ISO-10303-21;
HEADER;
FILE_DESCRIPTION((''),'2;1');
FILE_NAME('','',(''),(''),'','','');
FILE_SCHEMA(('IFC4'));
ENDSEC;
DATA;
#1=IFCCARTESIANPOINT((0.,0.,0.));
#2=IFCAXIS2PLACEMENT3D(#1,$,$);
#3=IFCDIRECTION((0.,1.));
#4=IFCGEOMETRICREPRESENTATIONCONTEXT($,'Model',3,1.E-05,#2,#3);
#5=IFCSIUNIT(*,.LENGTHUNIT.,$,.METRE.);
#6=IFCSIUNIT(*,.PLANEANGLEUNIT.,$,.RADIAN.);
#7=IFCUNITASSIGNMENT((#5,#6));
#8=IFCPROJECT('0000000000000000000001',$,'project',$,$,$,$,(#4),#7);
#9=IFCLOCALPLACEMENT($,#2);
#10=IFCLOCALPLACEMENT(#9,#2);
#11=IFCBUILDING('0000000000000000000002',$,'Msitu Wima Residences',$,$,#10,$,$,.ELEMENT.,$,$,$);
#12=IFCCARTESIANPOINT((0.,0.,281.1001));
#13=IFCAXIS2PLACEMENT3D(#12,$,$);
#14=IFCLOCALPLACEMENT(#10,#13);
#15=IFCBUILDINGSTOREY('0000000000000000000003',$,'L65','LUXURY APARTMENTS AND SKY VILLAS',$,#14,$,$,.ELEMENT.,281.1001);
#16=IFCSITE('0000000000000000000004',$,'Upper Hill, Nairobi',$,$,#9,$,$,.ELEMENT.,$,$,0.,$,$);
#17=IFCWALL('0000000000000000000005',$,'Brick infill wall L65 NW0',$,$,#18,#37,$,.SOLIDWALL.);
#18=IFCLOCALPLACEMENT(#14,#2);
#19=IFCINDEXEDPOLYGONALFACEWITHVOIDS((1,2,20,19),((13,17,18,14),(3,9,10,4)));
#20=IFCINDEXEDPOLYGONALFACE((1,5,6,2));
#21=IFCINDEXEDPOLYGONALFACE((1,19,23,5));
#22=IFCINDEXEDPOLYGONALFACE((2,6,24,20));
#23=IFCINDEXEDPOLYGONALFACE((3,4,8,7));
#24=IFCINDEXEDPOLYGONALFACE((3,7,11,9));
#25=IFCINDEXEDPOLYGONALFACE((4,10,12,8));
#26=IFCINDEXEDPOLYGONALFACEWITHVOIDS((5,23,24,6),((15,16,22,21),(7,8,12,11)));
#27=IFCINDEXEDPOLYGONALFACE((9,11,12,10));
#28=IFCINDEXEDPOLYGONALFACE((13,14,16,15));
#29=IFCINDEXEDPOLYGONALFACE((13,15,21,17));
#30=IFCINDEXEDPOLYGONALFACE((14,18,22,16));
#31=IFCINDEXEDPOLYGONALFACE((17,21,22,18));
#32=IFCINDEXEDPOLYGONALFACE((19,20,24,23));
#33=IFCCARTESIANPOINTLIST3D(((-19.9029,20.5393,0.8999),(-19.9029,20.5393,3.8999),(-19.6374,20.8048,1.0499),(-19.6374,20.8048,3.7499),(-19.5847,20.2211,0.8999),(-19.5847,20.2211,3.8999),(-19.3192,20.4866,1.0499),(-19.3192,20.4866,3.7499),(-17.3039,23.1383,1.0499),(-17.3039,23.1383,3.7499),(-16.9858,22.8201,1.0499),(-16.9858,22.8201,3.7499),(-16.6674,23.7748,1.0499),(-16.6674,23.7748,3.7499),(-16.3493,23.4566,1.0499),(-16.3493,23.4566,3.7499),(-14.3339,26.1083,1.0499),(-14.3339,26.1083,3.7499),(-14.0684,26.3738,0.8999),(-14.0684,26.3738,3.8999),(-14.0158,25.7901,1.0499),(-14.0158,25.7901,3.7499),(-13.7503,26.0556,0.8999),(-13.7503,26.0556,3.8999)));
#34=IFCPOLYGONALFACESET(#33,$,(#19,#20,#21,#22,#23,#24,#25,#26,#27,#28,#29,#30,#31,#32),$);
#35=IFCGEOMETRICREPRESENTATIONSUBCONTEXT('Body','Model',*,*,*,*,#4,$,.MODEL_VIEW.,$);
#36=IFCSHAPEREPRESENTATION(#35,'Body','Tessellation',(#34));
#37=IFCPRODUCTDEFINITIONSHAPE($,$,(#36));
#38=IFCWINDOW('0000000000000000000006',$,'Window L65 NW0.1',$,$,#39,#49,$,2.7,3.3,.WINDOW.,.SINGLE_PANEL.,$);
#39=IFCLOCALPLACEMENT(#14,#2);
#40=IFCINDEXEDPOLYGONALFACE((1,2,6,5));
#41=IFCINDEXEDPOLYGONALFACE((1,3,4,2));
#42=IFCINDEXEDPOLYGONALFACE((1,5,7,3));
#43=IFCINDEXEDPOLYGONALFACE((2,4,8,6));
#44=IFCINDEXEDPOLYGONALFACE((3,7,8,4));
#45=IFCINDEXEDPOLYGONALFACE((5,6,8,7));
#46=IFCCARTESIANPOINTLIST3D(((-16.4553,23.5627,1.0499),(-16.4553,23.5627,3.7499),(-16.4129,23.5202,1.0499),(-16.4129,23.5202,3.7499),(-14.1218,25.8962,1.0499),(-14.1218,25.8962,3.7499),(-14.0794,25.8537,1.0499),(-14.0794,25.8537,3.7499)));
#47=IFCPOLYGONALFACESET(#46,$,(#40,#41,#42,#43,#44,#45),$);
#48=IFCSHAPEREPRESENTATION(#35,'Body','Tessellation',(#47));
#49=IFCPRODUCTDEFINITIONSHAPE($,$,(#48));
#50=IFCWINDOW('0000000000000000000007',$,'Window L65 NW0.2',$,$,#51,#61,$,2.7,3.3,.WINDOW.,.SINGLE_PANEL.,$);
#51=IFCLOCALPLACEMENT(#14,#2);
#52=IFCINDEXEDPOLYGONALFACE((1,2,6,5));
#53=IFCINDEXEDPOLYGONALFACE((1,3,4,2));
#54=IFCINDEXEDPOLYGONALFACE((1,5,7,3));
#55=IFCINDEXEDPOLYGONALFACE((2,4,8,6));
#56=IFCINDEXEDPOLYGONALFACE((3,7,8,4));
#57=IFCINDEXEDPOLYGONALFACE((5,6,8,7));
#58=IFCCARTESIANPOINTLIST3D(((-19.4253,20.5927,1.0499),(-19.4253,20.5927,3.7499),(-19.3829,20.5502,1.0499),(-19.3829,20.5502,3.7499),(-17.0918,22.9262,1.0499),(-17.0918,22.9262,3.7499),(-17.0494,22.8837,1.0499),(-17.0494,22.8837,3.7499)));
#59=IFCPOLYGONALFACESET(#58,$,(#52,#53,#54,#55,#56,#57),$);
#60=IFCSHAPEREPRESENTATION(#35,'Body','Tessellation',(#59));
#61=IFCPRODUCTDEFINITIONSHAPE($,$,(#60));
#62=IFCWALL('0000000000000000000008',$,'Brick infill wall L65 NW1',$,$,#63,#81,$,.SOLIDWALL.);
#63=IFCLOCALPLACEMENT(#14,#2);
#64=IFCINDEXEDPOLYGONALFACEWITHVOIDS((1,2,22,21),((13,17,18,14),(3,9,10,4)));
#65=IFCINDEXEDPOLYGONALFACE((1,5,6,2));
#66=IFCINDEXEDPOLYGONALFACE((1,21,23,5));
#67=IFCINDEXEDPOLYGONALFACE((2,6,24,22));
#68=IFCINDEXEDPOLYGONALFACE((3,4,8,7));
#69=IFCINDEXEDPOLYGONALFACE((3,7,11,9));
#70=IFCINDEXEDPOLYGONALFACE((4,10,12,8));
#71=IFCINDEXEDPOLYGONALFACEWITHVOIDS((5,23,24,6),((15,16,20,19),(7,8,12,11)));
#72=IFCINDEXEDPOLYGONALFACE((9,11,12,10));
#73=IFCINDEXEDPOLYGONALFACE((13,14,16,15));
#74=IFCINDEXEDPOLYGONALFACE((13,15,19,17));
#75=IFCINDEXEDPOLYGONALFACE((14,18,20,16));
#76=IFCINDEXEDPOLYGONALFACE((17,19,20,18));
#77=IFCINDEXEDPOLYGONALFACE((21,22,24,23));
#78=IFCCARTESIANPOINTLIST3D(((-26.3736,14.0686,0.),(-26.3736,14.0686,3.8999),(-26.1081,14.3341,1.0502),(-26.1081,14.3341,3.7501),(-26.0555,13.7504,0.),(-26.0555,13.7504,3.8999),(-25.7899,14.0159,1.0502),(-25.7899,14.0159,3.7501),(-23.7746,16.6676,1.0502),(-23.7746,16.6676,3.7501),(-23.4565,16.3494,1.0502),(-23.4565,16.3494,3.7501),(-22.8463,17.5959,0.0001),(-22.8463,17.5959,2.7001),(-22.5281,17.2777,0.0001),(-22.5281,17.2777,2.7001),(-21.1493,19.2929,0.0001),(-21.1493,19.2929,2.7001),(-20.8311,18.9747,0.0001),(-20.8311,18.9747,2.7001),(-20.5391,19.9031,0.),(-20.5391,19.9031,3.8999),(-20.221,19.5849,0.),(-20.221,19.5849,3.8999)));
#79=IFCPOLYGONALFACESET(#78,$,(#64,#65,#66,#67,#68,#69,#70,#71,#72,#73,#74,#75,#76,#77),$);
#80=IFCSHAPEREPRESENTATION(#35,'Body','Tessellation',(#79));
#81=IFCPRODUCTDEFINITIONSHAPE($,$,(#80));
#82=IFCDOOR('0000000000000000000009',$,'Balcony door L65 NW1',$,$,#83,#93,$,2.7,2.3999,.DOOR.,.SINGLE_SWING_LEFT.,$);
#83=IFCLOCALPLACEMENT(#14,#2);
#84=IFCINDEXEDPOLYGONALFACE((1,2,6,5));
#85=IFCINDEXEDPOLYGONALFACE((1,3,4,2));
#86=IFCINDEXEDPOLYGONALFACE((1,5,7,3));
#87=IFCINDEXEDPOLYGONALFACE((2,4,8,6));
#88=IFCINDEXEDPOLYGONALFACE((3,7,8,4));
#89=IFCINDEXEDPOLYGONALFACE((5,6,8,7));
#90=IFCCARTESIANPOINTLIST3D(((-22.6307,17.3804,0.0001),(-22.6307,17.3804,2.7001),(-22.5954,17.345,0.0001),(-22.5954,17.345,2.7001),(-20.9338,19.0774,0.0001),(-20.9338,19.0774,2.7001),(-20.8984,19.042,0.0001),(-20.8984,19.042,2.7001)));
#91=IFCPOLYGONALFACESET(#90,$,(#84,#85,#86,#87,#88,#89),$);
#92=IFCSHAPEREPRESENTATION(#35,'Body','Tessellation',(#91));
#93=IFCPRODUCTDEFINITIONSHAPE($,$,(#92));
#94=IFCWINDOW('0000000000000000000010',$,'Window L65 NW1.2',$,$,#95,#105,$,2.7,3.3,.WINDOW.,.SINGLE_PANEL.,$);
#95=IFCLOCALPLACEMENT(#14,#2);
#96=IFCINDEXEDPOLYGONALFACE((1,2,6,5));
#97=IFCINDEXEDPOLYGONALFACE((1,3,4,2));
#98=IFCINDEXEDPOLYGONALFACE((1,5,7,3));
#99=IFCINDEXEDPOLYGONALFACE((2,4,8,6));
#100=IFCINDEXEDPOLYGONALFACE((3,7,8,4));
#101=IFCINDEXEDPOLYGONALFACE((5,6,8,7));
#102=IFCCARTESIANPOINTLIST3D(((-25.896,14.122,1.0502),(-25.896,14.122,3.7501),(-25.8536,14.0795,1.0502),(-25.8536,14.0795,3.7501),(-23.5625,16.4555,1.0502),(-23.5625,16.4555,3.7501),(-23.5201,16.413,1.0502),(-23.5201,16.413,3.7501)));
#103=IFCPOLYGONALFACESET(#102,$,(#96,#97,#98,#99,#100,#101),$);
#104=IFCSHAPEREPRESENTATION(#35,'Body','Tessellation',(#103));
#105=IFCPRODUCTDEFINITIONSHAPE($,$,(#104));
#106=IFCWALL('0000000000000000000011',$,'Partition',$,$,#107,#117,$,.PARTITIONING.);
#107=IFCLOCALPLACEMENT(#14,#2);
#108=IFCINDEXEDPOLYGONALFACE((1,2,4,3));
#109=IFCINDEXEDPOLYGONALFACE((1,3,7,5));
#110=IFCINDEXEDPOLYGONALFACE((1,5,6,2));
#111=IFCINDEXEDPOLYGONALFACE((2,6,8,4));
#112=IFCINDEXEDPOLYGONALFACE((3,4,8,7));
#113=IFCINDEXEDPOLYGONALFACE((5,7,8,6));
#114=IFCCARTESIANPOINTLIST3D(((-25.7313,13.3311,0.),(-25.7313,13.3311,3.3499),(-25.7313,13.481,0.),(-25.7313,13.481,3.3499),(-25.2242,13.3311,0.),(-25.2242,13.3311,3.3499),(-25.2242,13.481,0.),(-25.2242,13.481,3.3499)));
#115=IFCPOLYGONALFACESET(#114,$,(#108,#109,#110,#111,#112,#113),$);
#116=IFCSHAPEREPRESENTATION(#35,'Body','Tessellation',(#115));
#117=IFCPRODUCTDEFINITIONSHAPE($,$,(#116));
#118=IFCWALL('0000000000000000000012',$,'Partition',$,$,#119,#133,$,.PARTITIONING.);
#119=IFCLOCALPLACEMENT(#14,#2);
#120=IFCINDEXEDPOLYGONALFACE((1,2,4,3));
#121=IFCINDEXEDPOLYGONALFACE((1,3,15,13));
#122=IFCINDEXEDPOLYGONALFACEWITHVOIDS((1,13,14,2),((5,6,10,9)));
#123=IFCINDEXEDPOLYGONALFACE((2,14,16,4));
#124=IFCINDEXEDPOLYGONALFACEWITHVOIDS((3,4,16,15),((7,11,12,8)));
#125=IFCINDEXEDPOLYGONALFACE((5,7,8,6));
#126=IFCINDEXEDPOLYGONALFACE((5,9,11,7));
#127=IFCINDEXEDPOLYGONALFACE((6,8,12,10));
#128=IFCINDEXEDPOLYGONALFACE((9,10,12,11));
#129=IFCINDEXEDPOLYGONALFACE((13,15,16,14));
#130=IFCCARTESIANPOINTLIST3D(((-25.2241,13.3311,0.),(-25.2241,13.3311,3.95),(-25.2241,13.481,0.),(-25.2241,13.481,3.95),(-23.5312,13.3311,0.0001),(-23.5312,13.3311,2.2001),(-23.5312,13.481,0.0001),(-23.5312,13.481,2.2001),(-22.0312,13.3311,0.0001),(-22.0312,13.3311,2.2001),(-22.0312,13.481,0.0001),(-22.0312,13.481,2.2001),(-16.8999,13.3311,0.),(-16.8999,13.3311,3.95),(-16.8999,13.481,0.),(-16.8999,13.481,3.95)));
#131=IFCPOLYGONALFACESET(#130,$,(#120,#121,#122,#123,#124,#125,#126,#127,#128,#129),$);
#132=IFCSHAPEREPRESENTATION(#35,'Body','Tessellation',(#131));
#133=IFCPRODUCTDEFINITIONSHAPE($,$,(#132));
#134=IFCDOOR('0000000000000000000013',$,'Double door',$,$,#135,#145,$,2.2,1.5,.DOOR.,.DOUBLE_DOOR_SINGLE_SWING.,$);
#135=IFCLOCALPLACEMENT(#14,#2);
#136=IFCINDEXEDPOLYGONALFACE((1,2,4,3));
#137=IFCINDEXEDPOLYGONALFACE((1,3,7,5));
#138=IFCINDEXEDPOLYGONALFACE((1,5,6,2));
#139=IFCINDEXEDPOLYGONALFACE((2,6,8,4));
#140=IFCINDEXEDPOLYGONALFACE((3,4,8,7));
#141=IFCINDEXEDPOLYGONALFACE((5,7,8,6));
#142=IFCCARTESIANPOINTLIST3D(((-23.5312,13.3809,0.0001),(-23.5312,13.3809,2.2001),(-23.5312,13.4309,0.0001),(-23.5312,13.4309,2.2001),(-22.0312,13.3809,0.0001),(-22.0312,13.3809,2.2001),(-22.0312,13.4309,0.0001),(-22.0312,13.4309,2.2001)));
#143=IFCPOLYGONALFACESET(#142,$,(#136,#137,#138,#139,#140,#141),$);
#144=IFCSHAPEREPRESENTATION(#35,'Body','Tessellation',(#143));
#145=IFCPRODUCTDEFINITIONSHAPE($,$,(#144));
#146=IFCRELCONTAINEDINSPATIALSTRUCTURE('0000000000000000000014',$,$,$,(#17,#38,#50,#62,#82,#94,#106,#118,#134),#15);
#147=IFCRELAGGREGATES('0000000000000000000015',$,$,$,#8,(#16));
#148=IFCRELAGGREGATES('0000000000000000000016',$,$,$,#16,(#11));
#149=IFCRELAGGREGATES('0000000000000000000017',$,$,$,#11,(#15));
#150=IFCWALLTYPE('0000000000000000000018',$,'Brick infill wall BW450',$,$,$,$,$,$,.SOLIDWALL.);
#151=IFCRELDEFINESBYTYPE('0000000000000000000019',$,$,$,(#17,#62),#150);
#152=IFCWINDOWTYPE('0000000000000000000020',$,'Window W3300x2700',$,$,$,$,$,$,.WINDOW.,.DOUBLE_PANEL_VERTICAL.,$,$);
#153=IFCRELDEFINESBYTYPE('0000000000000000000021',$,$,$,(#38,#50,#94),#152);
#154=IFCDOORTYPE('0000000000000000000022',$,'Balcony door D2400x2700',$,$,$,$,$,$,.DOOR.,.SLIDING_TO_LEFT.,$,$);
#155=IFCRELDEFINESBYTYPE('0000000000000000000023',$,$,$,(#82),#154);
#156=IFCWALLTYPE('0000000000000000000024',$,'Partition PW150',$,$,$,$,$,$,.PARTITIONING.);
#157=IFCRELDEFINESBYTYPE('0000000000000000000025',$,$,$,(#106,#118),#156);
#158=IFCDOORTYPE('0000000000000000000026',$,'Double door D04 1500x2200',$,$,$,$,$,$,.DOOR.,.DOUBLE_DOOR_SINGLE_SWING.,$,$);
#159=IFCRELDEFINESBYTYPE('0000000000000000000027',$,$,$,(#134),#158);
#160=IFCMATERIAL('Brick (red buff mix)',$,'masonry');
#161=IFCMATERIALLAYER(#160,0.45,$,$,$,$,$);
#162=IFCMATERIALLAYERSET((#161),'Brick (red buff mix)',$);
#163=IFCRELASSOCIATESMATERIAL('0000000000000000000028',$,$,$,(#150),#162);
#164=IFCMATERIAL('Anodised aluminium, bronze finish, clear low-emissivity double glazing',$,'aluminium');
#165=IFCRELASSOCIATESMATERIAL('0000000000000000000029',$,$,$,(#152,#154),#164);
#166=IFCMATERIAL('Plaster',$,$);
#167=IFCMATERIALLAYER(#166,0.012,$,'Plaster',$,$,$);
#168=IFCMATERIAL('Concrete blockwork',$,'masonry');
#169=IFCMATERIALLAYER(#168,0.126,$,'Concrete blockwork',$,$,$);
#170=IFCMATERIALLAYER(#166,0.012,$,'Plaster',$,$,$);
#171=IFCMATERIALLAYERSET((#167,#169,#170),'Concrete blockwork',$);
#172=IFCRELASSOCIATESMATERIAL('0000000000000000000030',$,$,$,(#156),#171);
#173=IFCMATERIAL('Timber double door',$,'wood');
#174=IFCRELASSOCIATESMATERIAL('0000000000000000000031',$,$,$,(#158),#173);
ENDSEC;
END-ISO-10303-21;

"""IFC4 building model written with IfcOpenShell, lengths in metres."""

from ifc_helpers import new_model, si_unit, direction, frame, frame_2d, origin, place, context, subcontext, project, spatial, rectangle, extrude, material, layer, layer_set, type_object, element, fill, save


model = new_model("IFC4")

# Units and contexts
model_context = context("Model", 3, precision=1e-05, world=origin(), true_north=direction((0.0, 1.0)))
body_context = subcontext(model_context, "Body", "Model", "MODEL_VIEW")
ifc_project = project(units=[si_unit("LENGTHUNIT", "METRE"), si_unit("PLANEANGLEUNIT", "RADIAN")], contexts=[model_context])

# Site, building, storey
site_placement = place(None, origin())
site = spatial("IfcSite", under=ifc_project, at=site_placement, Name="Upper Hill, Nairobi", CompositionType="ELEMENT", RefElevation=0.0)
building_placement = place(site_placement, origin())
building = spatial("IfcBuilding", under=site, at=building_placement, Name="Msitu Wima Residences", CompositionType="ELEMENT")
storey_placement = place(building_placement, frame((0.0, 0.0, 281.1001)))
storey = spatial("IfcBuildingStorey", under=building, at=storey_placement, Name="L65", Description="LUXURY APARTMENTS AND SKY VILLAS", CompositionType="ELEMENT", Elevation=281.1001)

# Wall, openings, windows
ifc_material_1 = material(Name="Brick (red buff mix)", Category="masonry")
ifc_layer_1 = layer(ifc_material_1, 0.45)
ifc_layer_set_1 = layer_set([ifc_layer_1], Name="Brick (red buff mix)")
wall_type_1 = type_object("IfcWallType", Name="Brick infill wall BW450", PredefinedType="SOLIDWALL", material=ifc_layer_set_1)
wall_1_placement = place(storey_placement, frame((-13.9094, 26.2146, 0.8999), z_axis=(0.0, 0.0, 1.0), x_axis=(-0.707107, -0.707107, 0.0)))
wall_1 = element("IfcWall", 1, at=wall_1_placement, inside=storey, type_object=wall_type_1, Name="Brick infill wall L65 NW0", PredefinedType="SOLIDWALL", context=body_context, shape_type="SweptSolid", body=[
    extrude(rectangle(XDim=8.2512, YDim=0.45, at=frame_2d((4.1255, 0.0))), origin(), (0.0, 0.0, 1.0), 3.0),
])
opening_1_placement = place(wall_1_placement, frame((0.3755, 0.0, 0.1499)))
opening_1 = element("IfcOpeningElement", 2, at=opening_1_placement, cuts=wall_1, PredefinedType="OPENING", context=body_context, shape_type="SweptSolid", body=[
    extrude(rectangle(XDim=3.3, YDim=2.7, at=frame_2d((1.6499, 1.3501))), frame((0.0, 0.2349, 0.0), z_axis=(0.0, -1.0, 0.0), x_axis=(1.0, 0.0, 0.0)), (0.0, 0.0, 1.0), 0.47),
])
opening_2_placement = place(wall_1_placement, frame((4.5757, 0.0, 0.1499)))
opening_2 = element("IfcOpeningElement", 3, at=opening_2_placement, cuts=wall_1, PredefinedType="OPENING", context=body_context, shape_type="SweptSolid", body=[
    extrude(rectangle(XDim=3.3, YDim=2.7, at=frame_2d((1.6499, 1.3501))), frame((0.0, 0.2349, 0.0), z_axis=(0.0, -1.0, 0.0), x_axis=(1.0, 0.0, 0.0)), (0.0, 0.0, 1.0), 0.47),
])
ifc_material_2 = material(Name="Anodised aluminium, bronze finish, clear low-emissivity double glazing", Category="aluminium")
window_type = type_object("IfcWindowType", Name="Window W3300x2700", PartitioningType="DOUBLE_PANEL_VERTICAL", PredefinedType="WINDOW", material=ifc_material_2)
window_1_placement = place(opening_1_placement, origin())
window_1 = element("IfcWindow", 4, at=window_1_placement, inside=storey, type_object=window_type, Name="Window L65 NW0.1", OverallHeight=2.7, OverallWidth=3.3, PartitioningType="SINGLE_PANEL", PredefinedType="WINDOW", context=body_context, shape_type="SweptSolid", body=[
    extrude(rectangle(XDim=3.3, YDim=2.7, at=frame_2d((1.6499, 1.3501))), frame((0.0, 0.135, 0.0), z_axis=(0.0, -1.0, 0.0), x_axis=(1.0, 0.0, 0.0)), (0.0, 0.0, 1.0), 0.0601),
])
fill(opening_1, window_1)
window_2_placement = place(opening_2_placement, origin())
window_2 = element("IfcWindow", 5, at=window_2_placement, inside=storey, type_object=window_type, Name="Window L65 NW0.2", OverallHeight=2.7, OverallWidth=3.3, PartitioningType="SINGLE_PANEL", PredefinedType="WINDOW", context=body_context, shape_type="SweptSolid", body=[
    extrude(rectangle(XDim=3.3, YDim=2.7, at=frame_2d((1.6499, 1.3501))), frame((0.0, 0.135, 0.0), z_axis=(0.0, -1.0, 0.0), x_axis=(1.0, 0.0, 0.0)), (0.0, 0.0, 1.0), 0.0601),
])
fill(opening_2, window_2)

# Wall, openings, door, window
wall_2_placement = place(storey_placement, frame((-20.3801, 19.7439, 0.0), z_axis=(0.0, 0.0, 1.0), x_axis=(-0.707107, -0.707107, 0.0)))
wall_2 = element("IfcWall", 6, at=wall_2_placement, inside=storey, type_object=wall_type_1, Name="Brick infill wall L65 NW1", PredefinedType="SOLIDWALL", context=body_context, shape_type="SweptSolid", body=[
    extrude(rectangle(XDim=8.2512, YDim=0.45, at=frame_2d((4.1255, 0.0))), origin(), (0.0, 0.0, 1.0), 3.8999),
])
opening_3_placement = place(wall_2_placement, frame((0.8628, 0.0, 0.0)))
opening_3 = element("IfcOpeningElement", 7, at=opening_3_placement, cuts=wall_2, PredefinedType="OPENING", context=body_context, shape_type="SweptSolid", body=[
    extrude(rectangle(XDim=2.3999, YDim=2.7, at=frame_2d((1.2, 1.3501))), frame((0.0, 0.2349, 0.0), z_axis=(0.0, -1.0, 0.0), x_axis=(1.0, 0.0, 0.0)), (0.0, 0.0, 1.0), 0.47),
])
opening_4_placement = place(wall_2_placement, frame((4.5757, 0.0, 1.05)))
opening_4 = element("IfcOpeningElement", 8, at=opening_4_placement, cuts=wall_2, PredefinedType="OPENING", context=body_context, shape_type="SweptSolid", body=[
    extrude(rectangle(XDim=3.3, YDim=2.7, at=frame_2d((1.6499, 1.3501))), frame((0.0, 0.2349, 0.0), z_axis=(0.0, -1.0, 0.0), x_axis=(1.0, 0.0, 0.0)), (0.0, 0.0, 1.0), 0.47),
])
door_type_1 = type_object("IfcDoorType", Name="Balcony door D2400x2700", OperationType="SLIDING_TO_LEFT", PredefinedType="DOOR", material=ifc_material_2)
door_1_placement = place(opening_3_placement, origin())
door_1 = element("IfcDoor", 9, at=door_1_placement, inside=storey, type_object=door_type_1, Name="Balcony door L65 NW1", OperationType="SINGLE_SWING_LEFT", OverallHeight=2.7, OverallWidth=2.3999, PredefinedType="DOOR", context=body_context, shape_type="SweptSolid", body=[
    extrude(rectangle(XDim=2.3999, YDim=2.7, at=frame_2d((1.2, 1.3501))), frame((0.0, 0.1299, 0.0), z_axis=(0.0, -1.0, 0.0), x_axis=(1.0, 0.0, 0.0)), (0.0, 0.0, 1.0), 0.05),
])
fill(opening_3, door_1)
window_3_placement = place(opening_4_placement, origin())
window_3 = element("IfcWindow", 10, at=window_3_placement, inside=storey, type_object=window_type, Name="Window L65 NW1.2", OverallHeight=2.7, OverallWidth=3.3, PartitioningType="SINGLE_PANEL", PredefinedType="WINDOW", context=body_context, shape_type="SweptSolid", body=[
    extrude(rectangle(XDim=3.3, YDim=2.7, at=frame_2d((1.6499, 1.3501))), frame((0.0, 0.135, 0.0), z_axis=(0.0, -1.0, 0.0), x_axis=(1.0, 0.0, 0.0)), (0.0, 0.0, 1.0), 0.0601),
])
fill(opening_4, window_3)

# Shared definitions
ifc_material_3 = material(Name="Plaster")
ifc_material_4 = material(Name="Concrete blockwork", Category="masonry")

# Wall
ifc_layer_2 = layer(ifc_material_3, 0.012, Name="Plaster")
ifc_layer_3 = layer(ifc_material_4, 0.126, Name="Concrete blockwork")
ifc_layer_4 = layer(ifc_material_3, 0.012, Name="Plaster")
ifc_layer_set_2 = layer_set([ifc_layer_2, ifc_layer_3, ifc_layer_4], Name="Concrete blockwork")
wall_type_2 = type_object("IfcWallType", Name="Partition PW150", PredefinedType="PARTITIONING", material=ifc_layer_set_2)
wall_3_placement = place(storey_placement, frame((-25.7312, 13.406, 0.0), z_axis=(0.0, 0.0, 1.0), x_axis=(1.0, 0.0, 0.0)))
element("IfcWall", 11, at=wall_3_placement, inside=storey, type_object=wall_type_2, Name="Partition", PredefinedType="PARTITIONING", context=body_context, shape_type="SweptSolid", body=[
    extrude(rectangle(XDim=0.5071, YDim=0.1499, at=frame_2d((0.2534, 0.0))), origin(), (0.0, 0.0, 1.0), 3.3499),
])

# Wall, opening, door
wall_4_placement = place(storey_placement, frame((-25.2241, 13.406, 0.0), z_axis=(0.0, 0.0, 1.0), x_axis=(1.0, 0.0, 0.0)))
wall_4 = element("IfcWall", 12, at=wall_4_placement, inside=storey, type_object=wall_type_2, Name="Partition", PredefinedType="PARTITIONING", context=body_context, shape_type="SweptSolid", body=[
    extrude(rectangle(XDim=8.3242, YDim=0.1499, at=frame_2d((4.1621, 0.0))), origin(), (0.0, 0.0, 1.0), 3.95),
])
opening_5_placement = place(wall_4_placement, frame((1.6929, 0.0, 0.0)))
opening_5 = element("IfcOpeningElement", 13, at=opening_5_placement, cuts=wall_4, PredefinedType="OPENING", context=body_context, shape_type="SweptSolid", body=[
    extrude(rectangle(XDim=1.5, YDim=2.2, at=frame_2d((0.75, 1.1001))), frame((0.0, 0.085, 0.0), z_axis=(0.0, -1.0, 0.0), x_axis=(1.0, 0.0, 0.0)), (0.0, 0.0, 1.0), 0.1699),
])
ifc_material_5 = material(Name="Timber double door", Category="wood")
door_type_2 = type_object("IfcDoorType", Name="Double door D04 1500x2200", OperationType="DOUBLE_DOOR_SINGLE_SWING", PredefinedType="DOOR", material=ifc_material_5)
door_2_placement = place(opening_5_placement, origin())
door_2 = element("IfcDoor", 14, at=door_2_placement, inside=storey, type_object=door_type_2, Name="Double door", OperationType="DOUBLE_DOOR_SINGLE_SWING", OverallHeight=2.2, OverallWidth=1.5, PredefinedType="DOOR", context=body_context, shape_type="SweptSolid", body=[
    extrude(rectangle(XDim=1.5, YDim=2.2, at=frame_2d((0.75, 1.1001))), frame((0.0, 0.0249, 0.0), z_axis=(0.0, -1.0, 0.0), x_axis=(1.0, 0.0, 0.0)), (0.0, 0.0, 1.0), 0.05),
])
fill(opening_5, door_2)

save(model, "model.ifc")
